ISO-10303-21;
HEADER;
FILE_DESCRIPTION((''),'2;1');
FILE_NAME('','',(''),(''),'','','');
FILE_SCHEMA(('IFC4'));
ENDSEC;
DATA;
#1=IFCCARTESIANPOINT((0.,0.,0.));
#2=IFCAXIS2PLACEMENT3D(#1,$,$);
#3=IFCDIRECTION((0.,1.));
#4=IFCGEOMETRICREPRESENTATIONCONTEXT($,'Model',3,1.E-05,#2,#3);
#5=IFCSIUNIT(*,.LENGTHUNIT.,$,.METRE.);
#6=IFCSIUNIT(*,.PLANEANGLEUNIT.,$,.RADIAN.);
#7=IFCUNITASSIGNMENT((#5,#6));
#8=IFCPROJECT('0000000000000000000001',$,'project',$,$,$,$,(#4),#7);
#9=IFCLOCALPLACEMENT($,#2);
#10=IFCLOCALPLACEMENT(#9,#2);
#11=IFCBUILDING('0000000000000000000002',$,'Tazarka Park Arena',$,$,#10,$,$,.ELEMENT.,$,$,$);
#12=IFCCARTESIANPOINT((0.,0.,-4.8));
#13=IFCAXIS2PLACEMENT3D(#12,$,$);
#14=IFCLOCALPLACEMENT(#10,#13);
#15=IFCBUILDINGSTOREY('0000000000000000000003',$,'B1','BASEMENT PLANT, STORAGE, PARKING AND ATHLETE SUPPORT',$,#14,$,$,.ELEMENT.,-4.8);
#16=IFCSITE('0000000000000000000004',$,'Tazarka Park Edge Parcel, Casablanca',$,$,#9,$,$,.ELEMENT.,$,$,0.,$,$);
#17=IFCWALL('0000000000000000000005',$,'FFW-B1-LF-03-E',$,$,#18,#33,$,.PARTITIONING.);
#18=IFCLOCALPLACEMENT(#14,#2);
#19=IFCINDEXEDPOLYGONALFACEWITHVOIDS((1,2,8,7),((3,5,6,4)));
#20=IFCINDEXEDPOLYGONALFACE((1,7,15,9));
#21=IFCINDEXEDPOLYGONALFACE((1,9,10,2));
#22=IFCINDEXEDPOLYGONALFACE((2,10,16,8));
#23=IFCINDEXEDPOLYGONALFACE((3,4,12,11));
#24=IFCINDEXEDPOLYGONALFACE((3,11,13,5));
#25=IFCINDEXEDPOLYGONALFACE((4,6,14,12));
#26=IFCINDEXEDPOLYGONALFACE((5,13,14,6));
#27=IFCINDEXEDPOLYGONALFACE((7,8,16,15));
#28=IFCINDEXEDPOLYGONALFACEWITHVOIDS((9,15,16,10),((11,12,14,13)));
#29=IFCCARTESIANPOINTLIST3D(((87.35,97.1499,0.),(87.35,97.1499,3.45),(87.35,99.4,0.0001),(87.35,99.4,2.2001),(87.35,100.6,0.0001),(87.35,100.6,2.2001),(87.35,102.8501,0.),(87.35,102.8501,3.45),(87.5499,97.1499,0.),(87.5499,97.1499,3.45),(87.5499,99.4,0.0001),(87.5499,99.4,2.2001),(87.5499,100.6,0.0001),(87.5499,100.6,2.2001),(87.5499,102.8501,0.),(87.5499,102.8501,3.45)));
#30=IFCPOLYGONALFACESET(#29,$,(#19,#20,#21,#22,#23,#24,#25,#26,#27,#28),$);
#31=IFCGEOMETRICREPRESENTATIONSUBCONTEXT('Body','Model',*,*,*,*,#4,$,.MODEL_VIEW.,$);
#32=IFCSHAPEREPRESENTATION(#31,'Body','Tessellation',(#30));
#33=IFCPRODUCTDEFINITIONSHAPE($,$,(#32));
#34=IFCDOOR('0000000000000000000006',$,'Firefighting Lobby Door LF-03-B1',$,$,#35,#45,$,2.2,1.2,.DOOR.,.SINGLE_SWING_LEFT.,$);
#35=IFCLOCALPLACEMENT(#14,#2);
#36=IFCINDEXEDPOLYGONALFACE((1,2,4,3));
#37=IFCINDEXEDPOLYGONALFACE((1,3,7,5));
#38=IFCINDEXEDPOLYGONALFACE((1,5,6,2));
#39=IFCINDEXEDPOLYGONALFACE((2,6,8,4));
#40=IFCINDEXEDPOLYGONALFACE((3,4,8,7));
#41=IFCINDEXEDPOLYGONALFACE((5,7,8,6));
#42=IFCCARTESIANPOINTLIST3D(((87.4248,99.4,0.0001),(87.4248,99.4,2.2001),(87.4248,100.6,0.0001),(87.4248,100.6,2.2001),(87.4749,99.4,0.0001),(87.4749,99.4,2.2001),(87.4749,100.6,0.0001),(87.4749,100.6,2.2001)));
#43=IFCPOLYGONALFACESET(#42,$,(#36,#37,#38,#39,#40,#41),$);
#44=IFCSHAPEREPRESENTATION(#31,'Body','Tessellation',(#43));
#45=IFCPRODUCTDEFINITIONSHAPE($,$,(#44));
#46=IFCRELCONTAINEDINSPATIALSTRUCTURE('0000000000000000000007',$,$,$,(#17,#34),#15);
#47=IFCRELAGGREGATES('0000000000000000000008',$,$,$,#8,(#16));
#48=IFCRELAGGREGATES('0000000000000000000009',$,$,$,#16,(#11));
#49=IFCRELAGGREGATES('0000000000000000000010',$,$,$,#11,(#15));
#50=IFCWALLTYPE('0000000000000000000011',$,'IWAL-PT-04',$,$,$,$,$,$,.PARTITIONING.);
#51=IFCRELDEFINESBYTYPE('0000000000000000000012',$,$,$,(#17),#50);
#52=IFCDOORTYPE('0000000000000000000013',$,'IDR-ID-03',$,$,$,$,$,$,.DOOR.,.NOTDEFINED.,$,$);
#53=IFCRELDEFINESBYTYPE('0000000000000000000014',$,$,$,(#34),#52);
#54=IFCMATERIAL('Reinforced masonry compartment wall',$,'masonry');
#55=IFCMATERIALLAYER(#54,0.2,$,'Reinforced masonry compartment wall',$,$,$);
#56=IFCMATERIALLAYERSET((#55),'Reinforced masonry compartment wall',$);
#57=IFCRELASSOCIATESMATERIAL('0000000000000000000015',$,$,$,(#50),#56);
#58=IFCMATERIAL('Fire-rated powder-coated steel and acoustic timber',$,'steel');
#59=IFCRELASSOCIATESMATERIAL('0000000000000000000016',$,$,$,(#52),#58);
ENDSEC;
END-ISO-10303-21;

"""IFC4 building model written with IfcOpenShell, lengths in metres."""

from ifc_helpers import new_model, si_unit, direction, frame, frame_2d, origin, place, context, subcontext, project, spatial, rectangle, extrude, material, layer, layer_set, type_object, element, fill, save


model = new_model("IFC4")

# Units and contexts
model_context = context("Model", 3, precision=1e-05, world=origin(), true_north=direction((0.0, 1.0)))
body_context = subcontext(model_context, "Body", "Model", "MODEL_VIEW")
ifc_project = project(units=[si_unit("LENGTHUNIT", "METRE"), si_unit("PLANEANGLEUNIT", "RADIAN")], contexts=[model_context])

# Site, building, storey
site_placement = place(None, origin())
site = spatial("IfcSite", under=ifc_project, at=site_placement, Name="Tazarka Park Edge Parcel, Casablanca", CompositionType="ELEMENT", RefElevation=0.0)
building_placement = place(site_placement, origin())
building = spatial("IfcBuilding", under=site, at=building_placement, Name="Tazarka Park Arena", CompositionType="ELEMENT")
storey_placement = place(building_placement, frame((0.0, 0.0, -4.8)))
storey = spatial("IfcBuildingStorey", under=building, at=storey_placement, Name="B1", Description="BASEMENT PLANT, STORAGE, PARKING AND ATHLETE SUPPORT", CompositionType="ELEMENT", Elevation=-4.8)

# Shared definitions
ifc_material_1 = material(Name="Reinforced masonry compartment wall", Category="masonry")
ifc_layer_1 = layer(ifc_material_1, 0.2, Name="Reinforced masonry compartment wall")
ifc_layer_set_1 = layer_set([ifc_layer_1], Name="Reinforced masonry compartment wall")
wall_type_1 = type_object("IfcWallType", Name="IWAL-PT-04", PredefinedType="PARTITIONING", material=ifc_layer_set_1)

# Wall, opening, door
wall_1_placement = place(storey_placement, frame((87.45, 102.8501, 0.0), z_axis=(0.0, 0.0, 1.0), x_axis=(0.0, -1.0, 0.0)))
wall_1 = element("IfcWall", 1, at=wall_1_placement, inside=storey, type_object=wall_type_1, Name="FFW-B1-LF-03-E", PredefinedType="PARTITIONING", context=body_context, shape_type="SweptSolid", body=[
    extrude(rectangle(XDim=5.7002, YDim=0.2, at=frame_2d((2.8501, 0.0))), origin(), (0.0, 0.0, 1.0), 3.45),
])
opening_1_placement = place(wall_1_placement, frame((2.25, 0.0, 0.0)))
opening_1 = element("IfcOpeningElement", 2, at=opening_1_placement, cuts=wall_1, PredefinedType="OPENING", context=body_context, shape_type="SweptSolid", body=[
    extrude(rectangle(XDim=1.2, YDim=2.2, at=frame_2d((0.6001, 1.1001))), frame((0.0, 0.1099, 0.0), z_axis=(0.0, -1.0, 0.0), x_axis=(1.0, 0.0, 0.0)), (0.0, 0.0, 1.0), 0.22),
])
ifc_material_2 = material(Name="Fire-rated powder-coated steel and acoustic timber", Category="steel")
door_type_1 = type_object("IfcDoorType", Name="IDR-ID-03", OperationType="NOTDEFINED", PredefinedType="DOOR", material=ifc_material_2)
door_1_placement = place(opening_1_placement, origin())
door_1 = element("IfcDoor", 3, at=door_1_placement, inside=storey, type_object=door_type_1, Name="Firefighting Lobby Door LF-03-B1", OperationType="SINGLE_SWING_LEFT", OverallHeight=2.2, OverallWidth=1.2, PredefinedType="DOOR", context=body_context, shape_type="SweptSolid", body=[
    extrude(rectangle(XDim=1.2, YDim=2.2, at=frame_2d((0.6001, 1.1001))), frame((0.0, 0.0249, 0.0), z_axis=(0.0, -1.0, 0.0), x_axis=(1.0, 0.0, 0.0)), (0.0, 0.0, 1.0), 0.05),
])
fill(opening_1, door_1)

save(model, "model.ifc")
